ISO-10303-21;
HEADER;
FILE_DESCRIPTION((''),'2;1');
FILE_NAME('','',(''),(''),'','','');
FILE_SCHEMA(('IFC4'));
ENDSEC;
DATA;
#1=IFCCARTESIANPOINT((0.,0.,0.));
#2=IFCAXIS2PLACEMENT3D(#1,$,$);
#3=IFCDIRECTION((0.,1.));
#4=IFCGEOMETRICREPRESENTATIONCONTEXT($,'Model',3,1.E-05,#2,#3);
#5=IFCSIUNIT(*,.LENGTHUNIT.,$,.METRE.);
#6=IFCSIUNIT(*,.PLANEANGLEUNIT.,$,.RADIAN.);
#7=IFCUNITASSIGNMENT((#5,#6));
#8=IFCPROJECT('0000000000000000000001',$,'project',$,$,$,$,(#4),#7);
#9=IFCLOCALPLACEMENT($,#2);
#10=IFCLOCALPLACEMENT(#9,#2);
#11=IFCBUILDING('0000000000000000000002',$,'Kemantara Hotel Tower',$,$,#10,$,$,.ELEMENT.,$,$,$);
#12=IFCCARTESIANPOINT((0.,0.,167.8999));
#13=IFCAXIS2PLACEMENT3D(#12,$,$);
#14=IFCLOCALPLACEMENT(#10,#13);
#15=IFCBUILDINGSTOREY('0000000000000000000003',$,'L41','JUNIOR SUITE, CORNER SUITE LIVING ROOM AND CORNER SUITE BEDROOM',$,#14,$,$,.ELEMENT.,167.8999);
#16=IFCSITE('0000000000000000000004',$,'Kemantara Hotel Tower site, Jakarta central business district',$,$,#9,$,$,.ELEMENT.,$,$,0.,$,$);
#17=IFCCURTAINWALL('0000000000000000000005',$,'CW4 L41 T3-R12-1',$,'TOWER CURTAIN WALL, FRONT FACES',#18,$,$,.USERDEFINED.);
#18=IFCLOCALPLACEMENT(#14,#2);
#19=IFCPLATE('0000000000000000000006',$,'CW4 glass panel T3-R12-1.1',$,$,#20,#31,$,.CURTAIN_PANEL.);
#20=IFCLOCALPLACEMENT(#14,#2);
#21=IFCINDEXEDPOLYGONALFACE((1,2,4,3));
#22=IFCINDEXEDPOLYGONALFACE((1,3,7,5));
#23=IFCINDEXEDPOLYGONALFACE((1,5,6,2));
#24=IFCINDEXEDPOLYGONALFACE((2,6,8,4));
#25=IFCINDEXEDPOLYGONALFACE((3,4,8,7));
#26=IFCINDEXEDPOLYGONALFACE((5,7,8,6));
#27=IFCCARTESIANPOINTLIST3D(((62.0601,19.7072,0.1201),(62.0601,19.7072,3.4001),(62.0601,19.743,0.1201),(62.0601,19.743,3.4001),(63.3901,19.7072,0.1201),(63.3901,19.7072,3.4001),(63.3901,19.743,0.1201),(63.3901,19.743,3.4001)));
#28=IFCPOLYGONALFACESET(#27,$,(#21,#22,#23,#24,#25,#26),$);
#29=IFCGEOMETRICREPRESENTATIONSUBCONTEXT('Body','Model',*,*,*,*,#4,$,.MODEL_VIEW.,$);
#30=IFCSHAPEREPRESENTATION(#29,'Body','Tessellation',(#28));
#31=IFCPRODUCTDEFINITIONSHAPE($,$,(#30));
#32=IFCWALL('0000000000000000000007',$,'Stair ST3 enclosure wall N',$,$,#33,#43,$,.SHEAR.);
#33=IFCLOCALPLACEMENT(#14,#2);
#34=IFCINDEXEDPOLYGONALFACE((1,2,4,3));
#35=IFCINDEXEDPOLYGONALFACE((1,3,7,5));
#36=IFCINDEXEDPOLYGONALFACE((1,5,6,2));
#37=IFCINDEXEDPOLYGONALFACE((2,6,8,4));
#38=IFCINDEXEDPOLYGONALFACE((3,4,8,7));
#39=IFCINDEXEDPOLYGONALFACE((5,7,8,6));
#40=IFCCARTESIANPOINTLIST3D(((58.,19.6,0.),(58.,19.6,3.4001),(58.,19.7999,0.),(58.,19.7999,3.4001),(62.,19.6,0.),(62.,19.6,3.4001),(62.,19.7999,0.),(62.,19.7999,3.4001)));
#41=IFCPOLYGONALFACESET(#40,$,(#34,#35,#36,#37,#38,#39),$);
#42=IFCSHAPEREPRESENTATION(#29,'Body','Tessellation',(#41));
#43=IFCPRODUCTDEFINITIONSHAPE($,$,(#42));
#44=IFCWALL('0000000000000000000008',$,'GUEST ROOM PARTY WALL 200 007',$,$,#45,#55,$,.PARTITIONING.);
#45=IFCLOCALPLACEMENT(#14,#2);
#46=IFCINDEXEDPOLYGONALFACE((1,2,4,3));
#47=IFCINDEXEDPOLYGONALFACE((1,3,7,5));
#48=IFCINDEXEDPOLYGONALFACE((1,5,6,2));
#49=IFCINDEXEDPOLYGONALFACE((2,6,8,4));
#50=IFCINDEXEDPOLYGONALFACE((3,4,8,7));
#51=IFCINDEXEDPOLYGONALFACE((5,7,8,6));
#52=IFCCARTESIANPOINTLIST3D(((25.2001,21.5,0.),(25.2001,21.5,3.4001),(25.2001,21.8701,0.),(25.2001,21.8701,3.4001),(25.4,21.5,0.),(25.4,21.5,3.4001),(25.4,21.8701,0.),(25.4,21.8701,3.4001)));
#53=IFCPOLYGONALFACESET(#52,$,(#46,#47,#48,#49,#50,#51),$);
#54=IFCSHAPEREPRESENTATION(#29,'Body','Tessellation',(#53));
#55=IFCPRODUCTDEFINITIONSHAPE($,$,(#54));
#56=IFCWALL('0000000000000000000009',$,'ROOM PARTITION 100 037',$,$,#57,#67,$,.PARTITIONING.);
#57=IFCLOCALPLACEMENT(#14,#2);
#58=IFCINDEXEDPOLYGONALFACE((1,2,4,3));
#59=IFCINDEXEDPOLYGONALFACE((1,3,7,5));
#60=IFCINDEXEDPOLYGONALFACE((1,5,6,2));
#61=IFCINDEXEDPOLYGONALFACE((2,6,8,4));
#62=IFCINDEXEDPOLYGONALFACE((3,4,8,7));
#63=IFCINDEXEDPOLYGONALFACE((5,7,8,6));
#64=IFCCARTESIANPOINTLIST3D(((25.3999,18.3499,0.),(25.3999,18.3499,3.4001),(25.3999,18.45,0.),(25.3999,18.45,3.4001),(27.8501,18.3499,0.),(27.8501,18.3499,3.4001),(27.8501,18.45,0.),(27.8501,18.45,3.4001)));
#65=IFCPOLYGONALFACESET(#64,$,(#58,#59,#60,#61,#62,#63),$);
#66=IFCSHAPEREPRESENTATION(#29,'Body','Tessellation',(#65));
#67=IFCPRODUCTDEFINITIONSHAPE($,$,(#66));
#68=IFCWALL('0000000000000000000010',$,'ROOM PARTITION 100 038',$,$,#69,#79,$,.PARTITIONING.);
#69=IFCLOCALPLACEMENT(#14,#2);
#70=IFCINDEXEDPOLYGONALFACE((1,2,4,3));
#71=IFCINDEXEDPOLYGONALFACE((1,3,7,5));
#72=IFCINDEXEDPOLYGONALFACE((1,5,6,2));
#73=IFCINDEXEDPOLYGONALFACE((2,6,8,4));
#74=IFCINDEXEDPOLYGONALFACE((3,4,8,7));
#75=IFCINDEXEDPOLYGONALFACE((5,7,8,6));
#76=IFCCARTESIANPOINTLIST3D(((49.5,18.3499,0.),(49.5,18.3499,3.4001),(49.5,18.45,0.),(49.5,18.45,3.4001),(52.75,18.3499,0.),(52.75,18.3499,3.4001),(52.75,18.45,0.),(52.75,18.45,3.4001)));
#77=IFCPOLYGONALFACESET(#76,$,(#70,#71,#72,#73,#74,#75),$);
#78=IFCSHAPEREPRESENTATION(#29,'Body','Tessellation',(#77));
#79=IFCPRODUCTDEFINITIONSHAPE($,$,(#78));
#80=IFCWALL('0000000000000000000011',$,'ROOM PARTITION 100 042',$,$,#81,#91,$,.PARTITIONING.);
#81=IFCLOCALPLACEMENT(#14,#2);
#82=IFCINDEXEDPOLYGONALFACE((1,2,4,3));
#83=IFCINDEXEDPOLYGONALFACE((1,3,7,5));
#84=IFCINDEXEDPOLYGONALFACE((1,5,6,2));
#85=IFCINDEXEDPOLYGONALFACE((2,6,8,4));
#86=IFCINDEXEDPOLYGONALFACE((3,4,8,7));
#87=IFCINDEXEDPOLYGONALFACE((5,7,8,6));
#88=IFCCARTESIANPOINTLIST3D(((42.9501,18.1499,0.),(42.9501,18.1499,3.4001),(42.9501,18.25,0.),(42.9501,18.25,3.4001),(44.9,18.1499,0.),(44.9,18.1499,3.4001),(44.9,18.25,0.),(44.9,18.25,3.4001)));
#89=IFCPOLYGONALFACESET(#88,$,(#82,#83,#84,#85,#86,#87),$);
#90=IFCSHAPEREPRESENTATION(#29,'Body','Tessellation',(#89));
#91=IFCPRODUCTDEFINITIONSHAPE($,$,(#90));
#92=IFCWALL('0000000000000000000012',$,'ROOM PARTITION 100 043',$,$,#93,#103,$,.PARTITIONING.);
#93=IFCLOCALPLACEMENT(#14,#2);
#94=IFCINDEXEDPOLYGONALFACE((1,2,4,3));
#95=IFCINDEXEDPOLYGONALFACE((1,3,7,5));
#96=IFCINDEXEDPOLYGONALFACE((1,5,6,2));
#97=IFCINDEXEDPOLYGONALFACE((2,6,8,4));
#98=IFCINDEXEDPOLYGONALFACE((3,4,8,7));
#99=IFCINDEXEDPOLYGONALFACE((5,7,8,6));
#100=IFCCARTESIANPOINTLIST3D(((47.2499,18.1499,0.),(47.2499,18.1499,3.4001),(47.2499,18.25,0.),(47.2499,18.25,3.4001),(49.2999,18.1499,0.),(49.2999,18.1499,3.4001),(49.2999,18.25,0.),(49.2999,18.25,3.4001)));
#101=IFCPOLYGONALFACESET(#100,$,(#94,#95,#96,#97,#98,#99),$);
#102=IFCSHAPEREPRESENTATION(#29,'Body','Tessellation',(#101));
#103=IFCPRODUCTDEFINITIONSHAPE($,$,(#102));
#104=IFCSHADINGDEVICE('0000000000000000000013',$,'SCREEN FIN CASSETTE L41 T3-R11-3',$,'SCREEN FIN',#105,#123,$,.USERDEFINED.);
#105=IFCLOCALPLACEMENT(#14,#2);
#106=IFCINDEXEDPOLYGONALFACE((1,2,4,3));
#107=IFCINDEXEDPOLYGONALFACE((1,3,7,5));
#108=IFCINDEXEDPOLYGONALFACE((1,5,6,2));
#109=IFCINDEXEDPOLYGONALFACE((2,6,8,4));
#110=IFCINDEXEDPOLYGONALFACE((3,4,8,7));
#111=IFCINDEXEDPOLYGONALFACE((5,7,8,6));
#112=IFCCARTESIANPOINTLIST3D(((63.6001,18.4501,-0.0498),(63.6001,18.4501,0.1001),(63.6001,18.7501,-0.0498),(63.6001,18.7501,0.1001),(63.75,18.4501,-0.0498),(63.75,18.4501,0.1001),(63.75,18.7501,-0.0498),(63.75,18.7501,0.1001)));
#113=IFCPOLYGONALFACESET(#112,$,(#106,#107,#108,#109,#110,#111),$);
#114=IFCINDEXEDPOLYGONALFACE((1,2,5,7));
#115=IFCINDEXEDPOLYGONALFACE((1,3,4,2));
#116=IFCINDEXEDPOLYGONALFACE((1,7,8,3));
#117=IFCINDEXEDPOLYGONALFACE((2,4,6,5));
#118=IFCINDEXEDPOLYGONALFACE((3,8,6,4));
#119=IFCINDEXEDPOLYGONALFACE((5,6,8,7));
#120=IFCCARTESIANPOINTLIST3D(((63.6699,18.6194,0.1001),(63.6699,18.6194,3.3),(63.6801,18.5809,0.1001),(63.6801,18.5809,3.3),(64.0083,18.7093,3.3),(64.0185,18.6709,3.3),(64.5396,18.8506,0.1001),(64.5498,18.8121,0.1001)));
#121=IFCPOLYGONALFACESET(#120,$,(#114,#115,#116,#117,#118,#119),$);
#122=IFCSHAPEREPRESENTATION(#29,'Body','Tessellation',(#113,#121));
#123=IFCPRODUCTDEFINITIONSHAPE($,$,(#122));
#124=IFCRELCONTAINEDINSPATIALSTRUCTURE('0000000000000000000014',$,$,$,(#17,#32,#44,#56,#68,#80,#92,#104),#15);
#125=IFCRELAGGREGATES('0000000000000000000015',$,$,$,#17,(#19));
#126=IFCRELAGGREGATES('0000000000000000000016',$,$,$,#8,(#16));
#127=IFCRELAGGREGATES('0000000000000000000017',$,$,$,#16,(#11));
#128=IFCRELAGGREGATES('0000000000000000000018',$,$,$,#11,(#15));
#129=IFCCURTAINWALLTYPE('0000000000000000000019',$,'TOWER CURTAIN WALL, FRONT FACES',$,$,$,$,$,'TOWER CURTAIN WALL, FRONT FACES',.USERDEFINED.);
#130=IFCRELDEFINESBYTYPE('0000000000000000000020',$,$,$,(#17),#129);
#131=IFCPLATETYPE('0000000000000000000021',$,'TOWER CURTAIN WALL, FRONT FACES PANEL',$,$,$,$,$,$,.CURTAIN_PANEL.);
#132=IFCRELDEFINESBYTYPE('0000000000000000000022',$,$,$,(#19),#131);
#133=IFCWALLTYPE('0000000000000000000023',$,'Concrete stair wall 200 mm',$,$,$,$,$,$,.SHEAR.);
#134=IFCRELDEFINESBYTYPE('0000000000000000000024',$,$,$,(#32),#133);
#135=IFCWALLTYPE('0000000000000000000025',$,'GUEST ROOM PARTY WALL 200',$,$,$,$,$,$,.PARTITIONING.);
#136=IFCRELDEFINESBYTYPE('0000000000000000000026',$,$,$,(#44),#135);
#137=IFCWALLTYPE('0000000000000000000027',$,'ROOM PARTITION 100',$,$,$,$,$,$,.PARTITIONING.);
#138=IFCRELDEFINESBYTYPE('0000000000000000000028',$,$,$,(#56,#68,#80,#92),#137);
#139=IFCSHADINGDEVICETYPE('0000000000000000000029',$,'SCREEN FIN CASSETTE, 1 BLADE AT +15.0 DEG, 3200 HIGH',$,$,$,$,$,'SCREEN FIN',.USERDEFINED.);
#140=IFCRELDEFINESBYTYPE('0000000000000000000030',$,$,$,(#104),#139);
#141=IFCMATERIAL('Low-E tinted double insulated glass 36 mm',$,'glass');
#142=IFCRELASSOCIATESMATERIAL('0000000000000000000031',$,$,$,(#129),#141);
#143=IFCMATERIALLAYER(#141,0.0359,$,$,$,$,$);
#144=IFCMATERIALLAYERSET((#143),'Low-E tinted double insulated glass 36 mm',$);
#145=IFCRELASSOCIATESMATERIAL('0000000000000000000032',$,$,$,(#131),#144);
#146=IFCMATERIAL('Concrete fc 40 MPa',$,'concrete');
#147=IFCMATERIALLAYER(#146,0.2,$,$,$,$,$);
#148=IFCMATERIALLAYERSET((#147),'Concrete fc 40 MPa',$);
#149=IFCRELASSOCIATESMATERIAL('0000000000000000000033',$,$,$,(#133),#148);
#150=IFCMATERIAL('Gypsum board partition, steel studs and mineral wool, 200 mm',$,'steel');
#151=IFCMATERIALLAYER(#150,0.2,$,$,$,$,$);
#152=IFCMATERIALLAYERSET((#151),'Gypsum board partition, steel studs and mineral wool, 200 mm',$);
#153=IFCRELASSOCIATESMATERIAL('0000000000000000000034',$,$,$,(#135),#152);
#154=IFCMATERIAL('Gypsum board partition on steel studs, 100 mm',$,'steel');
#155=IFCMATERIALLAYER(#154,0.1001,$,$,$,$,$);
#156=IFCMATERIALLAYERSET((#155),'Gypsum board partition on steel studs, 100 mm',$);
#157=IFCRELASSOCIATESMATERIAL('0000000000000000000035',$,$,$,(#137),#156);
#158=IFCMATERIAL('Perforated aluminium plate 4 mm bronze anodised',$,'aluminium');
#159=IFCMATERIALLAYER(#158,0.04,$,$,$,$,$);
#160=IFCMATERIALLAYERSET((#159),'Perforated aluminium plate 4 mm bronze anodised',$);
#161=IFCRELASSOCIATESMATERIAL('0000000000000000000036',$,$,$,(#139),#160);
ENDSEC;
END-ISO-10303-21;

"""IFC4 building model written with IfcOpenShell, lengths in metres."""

from ifc_helpers import new_model, si_unit, direction, frame, frame_2d, origin, origin_2d, place, context, subcontext, project, spatial, polyline, rectangle, outline, extrude, source, transform, mapped, material, layer, layer_set, type_object, element, aggregate, save


model = new_model("IFC4")

# Units and contexts
model_context = context("Model", 3, precision=1e-05, world=origin(), true_north=direction((0.0, 1.0)))
body_context = subcontext(model_context, "Body", "Model", "MODEL_VIEW")
ifc_project = project(units=[si_unit("LENGTHUNIT", "METRE"), si_unit("PLANEANGLEUNIT", "RADIAN")], contexts=[model_context])

# Site, building, storey
site_placement = place(None, origin())
site = spatial("IfcSite", under=ifc_project, at=site_placement, Name="Kemantara Hotel Tower site, Jakarta central business district", CompositionType="ELEMENT", RefElevation=0.0)
building_placement = place(site_placement, origin())
building = spatial("IfcBuilding", under=site, at=building_placement, Name="Kemantara Hotel Tower", CompositionType="ELEMENT")
storey_placement = place(building_placement, frame((0.0, 0.0, 167.8999)))
storey = spatial("IfcBuildingStorey", under=building, at=storey_placement, Name="L41", Description="JUNIOR SUITE, CORNER SUITE LIVING ROOM AND CORNER SUITE BEDROOM", CompositionType="ELEMENT", Elevation=167.8999)

# Curtain wall
ifc_material_1 = material(Name="Low-E tinted double insulated glass 36 mm", Category="glass")
curtain_wall_type = type_object("IfcCurtainWallType", Name="TOWER CURTAIN WALL, FRONT FACES", ElementType="TOWER CURTAIN WALL, FRONT FACES", PredefinedType="USERDEFINED", material=ifc_material_1)
curtain_wall_1_placement = place(storey_placement, origin())
curtain_wall_1 = element("IfcCurtainWall", 1, at=curtain_wall_1_placement, inside=storey, type_object=curtain_wall_type, Name="CW4 L41 T3-R12-1", ObjectType="TOWER CURTAIN WALL, FRONT FACES", PredefinedType="USERDEFINED")

# Plate
ifc_layer_1 = layer(ifc_material_1, 0.0359)
ifc_layer_set_1 = layer_set([ifc_layer_1], Name="Low-E tinted double insulated glass 36 mm")
plate_type = type_object("IfcPlateType", Name="TOWER CURTAIN WALL, FRONT FACES PANEL", PredefinedType="CURTAIN_PANEL", material=ifc_layer_set_1)
shared_shape_1 = source(origin(), body_context, "Body", "SweptSolid", [
    extrude(rectangle(XDim=1.3301, YDim=0.0359, at=origin_2d()), origin(), (0.0, 0.0, 1.0), 3.28),
])
plate_1_placement = place(storey_placement, frame((62.7251, 19.7251, 0.1201), z_axis=(0.0, 0.0, 1.0), x_axis=(-1.0, 0.0, 0.0)))
plate_1 = element("IfcPlate", 2, at=plate_1_placement, type_object=plate_type, Name="CW4 glass panel T3-R12-1.1", PredefinedType="CURTAIN_PANEL", context=body_context, shape_type="MappedRepresentation", body=[
    mapped(shared_shape_1, transform((0.0, 0.0, 0.0))),
])
aggregate(curtain_wall_1, [plate_1])

# Walls
ifc_material_2 = material(Name="Concrete fc 40 MPa", Category="concrete")
ifc_layer_2 = layer(ifc_material_2, 0.2)
ifc_layer_set_2 = layer_set([ifc_layer_2], Name="Concrete fc 40 MPa")
wall_type_1 = type_object("IfcWallType", Name="Concrete stair wall 200 mm", PredefinedType="SHEAR", material=ifc_layer_set_2)
wall_1_placement = place(storey_placement, frame((58.0, 19.7, 0.0), z_axis=(0.0, 0.0, 1.0), x_axis=(1.0, 0.0, 0.0)))
element("IfcWall", 3, at=wall_1_placement, inside=storey, type_object=wall_type_1, Name="Stair ST3 enclosure wall N", PredefinedType="SHEAR", context=body_context, shape_type="SweptSolid", body=[
    extrude(rectangle(XDim=4.0, YDim=0.2, at=frame_2d((2.0, 0.0))), origin(), (0.0, 0.0, 1.0), 3.4001),
])
ifc_material_3 = material(Name="Gypsum board partition, steel studs and mineral wool, 200 mm", Category="steel")
ifc_layer_3 = layer(ifc_material_3, 0.2)
ifc_layer_set_3 = layer_set([ifc_layer_3], Name="Gypsum board partition, steel studs and mineral wool, 200 mm")
wall_type_2 = type_object("IfcWallType", Name="GUEST ROOM PARTY WALL 200", PredefinedType="PARTITIONING", material=ifc_layer_set_3)
wall_2_placement = place(storey_placement, frame((25.3, 21.5, 0.0), z_axis=(0.0, 0.0, 1.0), x_axis=(0.0, 1.0, 0.0)))
element("IfcWall", 4, at=wall_2_placement, inside=storey, type_object=wall_type_2, Name="GUEST ROOM PARTY WALL 200 007", PredefinedType="PARTITIONING", context=body_context, shape_type="SweptSolid", body=[
    extrude(rectangle(XDim=0.3701, YDim=0.2, at=frame_2d((0.1851, 0.0))), origin(), (0.0, 0.0, 1.0), 3.4001),
])
ifc_material_4 = material(Name="Gypsum board partition on steel studs, 100 mm", Category="steel")
ifc_layer_4 = layer(ifc_material_4, 0.1001)
ifc_layer_set_4 = layer_set([ifc_layer_4], Name="Gypsum board partition on steel studs, 100 mm")
wall_type_3 = type_object("IfcWallType", Name="ROOM PARTITION 100", PredefinedType="PARTITIONING", material=ifc_layer_set_4)
wall_3_placement = place(storey_placement, frame((25.3999, 18.3999, 0.0), z_axis=(0.0, 0.0, 1.0), x_axis=(1.0, 0.0, 0.0)))
element("IfcWall", 5, at=wall_3_placement, inside=storey, type_object=wall_type_3, Name="ROOM PARTITION 100 037", PredefinedType="PARTITIONING", context=body_context, shape_type="SweptSolid", body=[
    extrude(rectangle(XDim=2.4502, YDim=0.1001, at=frame_2d((1.2251, 0.0))), origin(), (0.0, 0.0, 1.0), 3.4001),
])
wall_4_placement = place(storey_placement, frame((49.5, 18.3999, 0.0), z_axis=(0.0, 0.0, 1.0), x_axis=(1.0, 0.0, 0.0)))
element("IfcWall", 6, at=wall_4_placement, inside=storey, type_object=wall_type_3, Name="ROOM PARTITION 100 038", PredefinedType="PARTITIONING", context=body_context, shape_type="SweptSolid", body=[
    extrude(rectangle(XDim=3.25, YDim=0.1001, at=frame_2d((1.625, 0.0))), origin(), (0.0, 0.0, 1.0), 3.4001),
])
wall_5_placement = place(storey_placement, frame((42.95, 18.2, 0.0), z_axis=(0.0, 0.0, 1.0), x_axis=(1.0, 0.0, 0.0)))
element("IfcWall", 7, at=wall_5_placement, inside=storey, type_object=wall_type_3, Name="ROOM PARTITION 100 042", PredefinedType="PARTITIONING", context=body_context, shape_type="SweptSolid", body=[
    extrude(rectangle(XDim=1.95, YDim=0.1001, at=frame_2d((0.9751, 0.0))), origin(), (0.0, 0.0, 1.0), 3.4001),
])
wall_6_placement = place(storey_placement, frame((47.25, 18.2, 0.0), z_axis=(0.0, 0.0, 1.0), x_axis=(1.0, 0.0, 0.0)))
element("IfcWall", 8, at=wall_6_placement, inside=storey, type_object=wall_type_3, Name="ROOM PARTITION 100 043", PredefinedType="PARTITIONING", context=body_context, shape_type="SweptSolid", body=[
    extrude(rectangle(XDim=2.05, YDim=0.1001, at=frame_2d((1.0249, 0.0))), origin(), (0.0, 0.0, 1.0), 3.4001),
])

# Shading device
ifc_material_5 = material(Name="Perforated aluminium plate 4 mm bronze anodised", Category="aluminium")
ifc_layer_5 = layer(ifc_material_5, 0.04)
ifc_layer_set_5 = layer_set([ifc_layer_5], Name="Perforated aluminium plate 4 mm bronze anodised")
shading_device_type = type_object("IfcShadingDeviceType", Name="SCREEN FIN CASSETTE, 1 BLADE AT +15.0 DEG, 3200 HIGH", ElementType="SCREEN FIN", PredefinedType="USERDEFINED", material=ifc_layer_set_5)
shared_shape_2 = source(origin(), body_context, "Body", "SweptSolid", [
    extrude(rectangle(XDim=0.3, YDim=0.1499, at=origin_2d()), frame((0.0, -0.075, -0.1499), z_axis=(0.0, 0.0, 1.0), x_axis=(1.0, 0.0, 0.0)), (0.0, 0.0, 1.0), 0.1499),
    extrude(outline(polyline([(0.0, 0.0), (0.8999, 0.0), (0.3501, 3.2), (0.0, 3.2), (0.0, 0.0)])), frame((0.0193, -0.0698, 0.0), z_axis=(-0.966438, -0.256901, 0.0), x_axis=(0.256901, -0.966438, 0.0)), (0.0, 0.0, 1.0), 0.0398),
])
shading_device_placement = place(storey_placement, frame((63.6001, 18.6001, 0.1001), z_axis=(0.0, 0.0, 1.0), x_axis=(0.0, 1.0, 0.0)))
element("IfcShadingDevice", 9, at=shading_device_placement, inside=storey, type_object=shading_device_type, Name="SCREEN FIN CASSETTE L41 T3-R11-3", ObjectType="SCREEN FIN", PredefinedType="USERDEFINED", context=body_context, shape_type="MappedRepresentation", body=[
    mapped(shared_shape_2, transform((0.0, 0.0, 0.0))),
])

save(model, "model.ifc")
